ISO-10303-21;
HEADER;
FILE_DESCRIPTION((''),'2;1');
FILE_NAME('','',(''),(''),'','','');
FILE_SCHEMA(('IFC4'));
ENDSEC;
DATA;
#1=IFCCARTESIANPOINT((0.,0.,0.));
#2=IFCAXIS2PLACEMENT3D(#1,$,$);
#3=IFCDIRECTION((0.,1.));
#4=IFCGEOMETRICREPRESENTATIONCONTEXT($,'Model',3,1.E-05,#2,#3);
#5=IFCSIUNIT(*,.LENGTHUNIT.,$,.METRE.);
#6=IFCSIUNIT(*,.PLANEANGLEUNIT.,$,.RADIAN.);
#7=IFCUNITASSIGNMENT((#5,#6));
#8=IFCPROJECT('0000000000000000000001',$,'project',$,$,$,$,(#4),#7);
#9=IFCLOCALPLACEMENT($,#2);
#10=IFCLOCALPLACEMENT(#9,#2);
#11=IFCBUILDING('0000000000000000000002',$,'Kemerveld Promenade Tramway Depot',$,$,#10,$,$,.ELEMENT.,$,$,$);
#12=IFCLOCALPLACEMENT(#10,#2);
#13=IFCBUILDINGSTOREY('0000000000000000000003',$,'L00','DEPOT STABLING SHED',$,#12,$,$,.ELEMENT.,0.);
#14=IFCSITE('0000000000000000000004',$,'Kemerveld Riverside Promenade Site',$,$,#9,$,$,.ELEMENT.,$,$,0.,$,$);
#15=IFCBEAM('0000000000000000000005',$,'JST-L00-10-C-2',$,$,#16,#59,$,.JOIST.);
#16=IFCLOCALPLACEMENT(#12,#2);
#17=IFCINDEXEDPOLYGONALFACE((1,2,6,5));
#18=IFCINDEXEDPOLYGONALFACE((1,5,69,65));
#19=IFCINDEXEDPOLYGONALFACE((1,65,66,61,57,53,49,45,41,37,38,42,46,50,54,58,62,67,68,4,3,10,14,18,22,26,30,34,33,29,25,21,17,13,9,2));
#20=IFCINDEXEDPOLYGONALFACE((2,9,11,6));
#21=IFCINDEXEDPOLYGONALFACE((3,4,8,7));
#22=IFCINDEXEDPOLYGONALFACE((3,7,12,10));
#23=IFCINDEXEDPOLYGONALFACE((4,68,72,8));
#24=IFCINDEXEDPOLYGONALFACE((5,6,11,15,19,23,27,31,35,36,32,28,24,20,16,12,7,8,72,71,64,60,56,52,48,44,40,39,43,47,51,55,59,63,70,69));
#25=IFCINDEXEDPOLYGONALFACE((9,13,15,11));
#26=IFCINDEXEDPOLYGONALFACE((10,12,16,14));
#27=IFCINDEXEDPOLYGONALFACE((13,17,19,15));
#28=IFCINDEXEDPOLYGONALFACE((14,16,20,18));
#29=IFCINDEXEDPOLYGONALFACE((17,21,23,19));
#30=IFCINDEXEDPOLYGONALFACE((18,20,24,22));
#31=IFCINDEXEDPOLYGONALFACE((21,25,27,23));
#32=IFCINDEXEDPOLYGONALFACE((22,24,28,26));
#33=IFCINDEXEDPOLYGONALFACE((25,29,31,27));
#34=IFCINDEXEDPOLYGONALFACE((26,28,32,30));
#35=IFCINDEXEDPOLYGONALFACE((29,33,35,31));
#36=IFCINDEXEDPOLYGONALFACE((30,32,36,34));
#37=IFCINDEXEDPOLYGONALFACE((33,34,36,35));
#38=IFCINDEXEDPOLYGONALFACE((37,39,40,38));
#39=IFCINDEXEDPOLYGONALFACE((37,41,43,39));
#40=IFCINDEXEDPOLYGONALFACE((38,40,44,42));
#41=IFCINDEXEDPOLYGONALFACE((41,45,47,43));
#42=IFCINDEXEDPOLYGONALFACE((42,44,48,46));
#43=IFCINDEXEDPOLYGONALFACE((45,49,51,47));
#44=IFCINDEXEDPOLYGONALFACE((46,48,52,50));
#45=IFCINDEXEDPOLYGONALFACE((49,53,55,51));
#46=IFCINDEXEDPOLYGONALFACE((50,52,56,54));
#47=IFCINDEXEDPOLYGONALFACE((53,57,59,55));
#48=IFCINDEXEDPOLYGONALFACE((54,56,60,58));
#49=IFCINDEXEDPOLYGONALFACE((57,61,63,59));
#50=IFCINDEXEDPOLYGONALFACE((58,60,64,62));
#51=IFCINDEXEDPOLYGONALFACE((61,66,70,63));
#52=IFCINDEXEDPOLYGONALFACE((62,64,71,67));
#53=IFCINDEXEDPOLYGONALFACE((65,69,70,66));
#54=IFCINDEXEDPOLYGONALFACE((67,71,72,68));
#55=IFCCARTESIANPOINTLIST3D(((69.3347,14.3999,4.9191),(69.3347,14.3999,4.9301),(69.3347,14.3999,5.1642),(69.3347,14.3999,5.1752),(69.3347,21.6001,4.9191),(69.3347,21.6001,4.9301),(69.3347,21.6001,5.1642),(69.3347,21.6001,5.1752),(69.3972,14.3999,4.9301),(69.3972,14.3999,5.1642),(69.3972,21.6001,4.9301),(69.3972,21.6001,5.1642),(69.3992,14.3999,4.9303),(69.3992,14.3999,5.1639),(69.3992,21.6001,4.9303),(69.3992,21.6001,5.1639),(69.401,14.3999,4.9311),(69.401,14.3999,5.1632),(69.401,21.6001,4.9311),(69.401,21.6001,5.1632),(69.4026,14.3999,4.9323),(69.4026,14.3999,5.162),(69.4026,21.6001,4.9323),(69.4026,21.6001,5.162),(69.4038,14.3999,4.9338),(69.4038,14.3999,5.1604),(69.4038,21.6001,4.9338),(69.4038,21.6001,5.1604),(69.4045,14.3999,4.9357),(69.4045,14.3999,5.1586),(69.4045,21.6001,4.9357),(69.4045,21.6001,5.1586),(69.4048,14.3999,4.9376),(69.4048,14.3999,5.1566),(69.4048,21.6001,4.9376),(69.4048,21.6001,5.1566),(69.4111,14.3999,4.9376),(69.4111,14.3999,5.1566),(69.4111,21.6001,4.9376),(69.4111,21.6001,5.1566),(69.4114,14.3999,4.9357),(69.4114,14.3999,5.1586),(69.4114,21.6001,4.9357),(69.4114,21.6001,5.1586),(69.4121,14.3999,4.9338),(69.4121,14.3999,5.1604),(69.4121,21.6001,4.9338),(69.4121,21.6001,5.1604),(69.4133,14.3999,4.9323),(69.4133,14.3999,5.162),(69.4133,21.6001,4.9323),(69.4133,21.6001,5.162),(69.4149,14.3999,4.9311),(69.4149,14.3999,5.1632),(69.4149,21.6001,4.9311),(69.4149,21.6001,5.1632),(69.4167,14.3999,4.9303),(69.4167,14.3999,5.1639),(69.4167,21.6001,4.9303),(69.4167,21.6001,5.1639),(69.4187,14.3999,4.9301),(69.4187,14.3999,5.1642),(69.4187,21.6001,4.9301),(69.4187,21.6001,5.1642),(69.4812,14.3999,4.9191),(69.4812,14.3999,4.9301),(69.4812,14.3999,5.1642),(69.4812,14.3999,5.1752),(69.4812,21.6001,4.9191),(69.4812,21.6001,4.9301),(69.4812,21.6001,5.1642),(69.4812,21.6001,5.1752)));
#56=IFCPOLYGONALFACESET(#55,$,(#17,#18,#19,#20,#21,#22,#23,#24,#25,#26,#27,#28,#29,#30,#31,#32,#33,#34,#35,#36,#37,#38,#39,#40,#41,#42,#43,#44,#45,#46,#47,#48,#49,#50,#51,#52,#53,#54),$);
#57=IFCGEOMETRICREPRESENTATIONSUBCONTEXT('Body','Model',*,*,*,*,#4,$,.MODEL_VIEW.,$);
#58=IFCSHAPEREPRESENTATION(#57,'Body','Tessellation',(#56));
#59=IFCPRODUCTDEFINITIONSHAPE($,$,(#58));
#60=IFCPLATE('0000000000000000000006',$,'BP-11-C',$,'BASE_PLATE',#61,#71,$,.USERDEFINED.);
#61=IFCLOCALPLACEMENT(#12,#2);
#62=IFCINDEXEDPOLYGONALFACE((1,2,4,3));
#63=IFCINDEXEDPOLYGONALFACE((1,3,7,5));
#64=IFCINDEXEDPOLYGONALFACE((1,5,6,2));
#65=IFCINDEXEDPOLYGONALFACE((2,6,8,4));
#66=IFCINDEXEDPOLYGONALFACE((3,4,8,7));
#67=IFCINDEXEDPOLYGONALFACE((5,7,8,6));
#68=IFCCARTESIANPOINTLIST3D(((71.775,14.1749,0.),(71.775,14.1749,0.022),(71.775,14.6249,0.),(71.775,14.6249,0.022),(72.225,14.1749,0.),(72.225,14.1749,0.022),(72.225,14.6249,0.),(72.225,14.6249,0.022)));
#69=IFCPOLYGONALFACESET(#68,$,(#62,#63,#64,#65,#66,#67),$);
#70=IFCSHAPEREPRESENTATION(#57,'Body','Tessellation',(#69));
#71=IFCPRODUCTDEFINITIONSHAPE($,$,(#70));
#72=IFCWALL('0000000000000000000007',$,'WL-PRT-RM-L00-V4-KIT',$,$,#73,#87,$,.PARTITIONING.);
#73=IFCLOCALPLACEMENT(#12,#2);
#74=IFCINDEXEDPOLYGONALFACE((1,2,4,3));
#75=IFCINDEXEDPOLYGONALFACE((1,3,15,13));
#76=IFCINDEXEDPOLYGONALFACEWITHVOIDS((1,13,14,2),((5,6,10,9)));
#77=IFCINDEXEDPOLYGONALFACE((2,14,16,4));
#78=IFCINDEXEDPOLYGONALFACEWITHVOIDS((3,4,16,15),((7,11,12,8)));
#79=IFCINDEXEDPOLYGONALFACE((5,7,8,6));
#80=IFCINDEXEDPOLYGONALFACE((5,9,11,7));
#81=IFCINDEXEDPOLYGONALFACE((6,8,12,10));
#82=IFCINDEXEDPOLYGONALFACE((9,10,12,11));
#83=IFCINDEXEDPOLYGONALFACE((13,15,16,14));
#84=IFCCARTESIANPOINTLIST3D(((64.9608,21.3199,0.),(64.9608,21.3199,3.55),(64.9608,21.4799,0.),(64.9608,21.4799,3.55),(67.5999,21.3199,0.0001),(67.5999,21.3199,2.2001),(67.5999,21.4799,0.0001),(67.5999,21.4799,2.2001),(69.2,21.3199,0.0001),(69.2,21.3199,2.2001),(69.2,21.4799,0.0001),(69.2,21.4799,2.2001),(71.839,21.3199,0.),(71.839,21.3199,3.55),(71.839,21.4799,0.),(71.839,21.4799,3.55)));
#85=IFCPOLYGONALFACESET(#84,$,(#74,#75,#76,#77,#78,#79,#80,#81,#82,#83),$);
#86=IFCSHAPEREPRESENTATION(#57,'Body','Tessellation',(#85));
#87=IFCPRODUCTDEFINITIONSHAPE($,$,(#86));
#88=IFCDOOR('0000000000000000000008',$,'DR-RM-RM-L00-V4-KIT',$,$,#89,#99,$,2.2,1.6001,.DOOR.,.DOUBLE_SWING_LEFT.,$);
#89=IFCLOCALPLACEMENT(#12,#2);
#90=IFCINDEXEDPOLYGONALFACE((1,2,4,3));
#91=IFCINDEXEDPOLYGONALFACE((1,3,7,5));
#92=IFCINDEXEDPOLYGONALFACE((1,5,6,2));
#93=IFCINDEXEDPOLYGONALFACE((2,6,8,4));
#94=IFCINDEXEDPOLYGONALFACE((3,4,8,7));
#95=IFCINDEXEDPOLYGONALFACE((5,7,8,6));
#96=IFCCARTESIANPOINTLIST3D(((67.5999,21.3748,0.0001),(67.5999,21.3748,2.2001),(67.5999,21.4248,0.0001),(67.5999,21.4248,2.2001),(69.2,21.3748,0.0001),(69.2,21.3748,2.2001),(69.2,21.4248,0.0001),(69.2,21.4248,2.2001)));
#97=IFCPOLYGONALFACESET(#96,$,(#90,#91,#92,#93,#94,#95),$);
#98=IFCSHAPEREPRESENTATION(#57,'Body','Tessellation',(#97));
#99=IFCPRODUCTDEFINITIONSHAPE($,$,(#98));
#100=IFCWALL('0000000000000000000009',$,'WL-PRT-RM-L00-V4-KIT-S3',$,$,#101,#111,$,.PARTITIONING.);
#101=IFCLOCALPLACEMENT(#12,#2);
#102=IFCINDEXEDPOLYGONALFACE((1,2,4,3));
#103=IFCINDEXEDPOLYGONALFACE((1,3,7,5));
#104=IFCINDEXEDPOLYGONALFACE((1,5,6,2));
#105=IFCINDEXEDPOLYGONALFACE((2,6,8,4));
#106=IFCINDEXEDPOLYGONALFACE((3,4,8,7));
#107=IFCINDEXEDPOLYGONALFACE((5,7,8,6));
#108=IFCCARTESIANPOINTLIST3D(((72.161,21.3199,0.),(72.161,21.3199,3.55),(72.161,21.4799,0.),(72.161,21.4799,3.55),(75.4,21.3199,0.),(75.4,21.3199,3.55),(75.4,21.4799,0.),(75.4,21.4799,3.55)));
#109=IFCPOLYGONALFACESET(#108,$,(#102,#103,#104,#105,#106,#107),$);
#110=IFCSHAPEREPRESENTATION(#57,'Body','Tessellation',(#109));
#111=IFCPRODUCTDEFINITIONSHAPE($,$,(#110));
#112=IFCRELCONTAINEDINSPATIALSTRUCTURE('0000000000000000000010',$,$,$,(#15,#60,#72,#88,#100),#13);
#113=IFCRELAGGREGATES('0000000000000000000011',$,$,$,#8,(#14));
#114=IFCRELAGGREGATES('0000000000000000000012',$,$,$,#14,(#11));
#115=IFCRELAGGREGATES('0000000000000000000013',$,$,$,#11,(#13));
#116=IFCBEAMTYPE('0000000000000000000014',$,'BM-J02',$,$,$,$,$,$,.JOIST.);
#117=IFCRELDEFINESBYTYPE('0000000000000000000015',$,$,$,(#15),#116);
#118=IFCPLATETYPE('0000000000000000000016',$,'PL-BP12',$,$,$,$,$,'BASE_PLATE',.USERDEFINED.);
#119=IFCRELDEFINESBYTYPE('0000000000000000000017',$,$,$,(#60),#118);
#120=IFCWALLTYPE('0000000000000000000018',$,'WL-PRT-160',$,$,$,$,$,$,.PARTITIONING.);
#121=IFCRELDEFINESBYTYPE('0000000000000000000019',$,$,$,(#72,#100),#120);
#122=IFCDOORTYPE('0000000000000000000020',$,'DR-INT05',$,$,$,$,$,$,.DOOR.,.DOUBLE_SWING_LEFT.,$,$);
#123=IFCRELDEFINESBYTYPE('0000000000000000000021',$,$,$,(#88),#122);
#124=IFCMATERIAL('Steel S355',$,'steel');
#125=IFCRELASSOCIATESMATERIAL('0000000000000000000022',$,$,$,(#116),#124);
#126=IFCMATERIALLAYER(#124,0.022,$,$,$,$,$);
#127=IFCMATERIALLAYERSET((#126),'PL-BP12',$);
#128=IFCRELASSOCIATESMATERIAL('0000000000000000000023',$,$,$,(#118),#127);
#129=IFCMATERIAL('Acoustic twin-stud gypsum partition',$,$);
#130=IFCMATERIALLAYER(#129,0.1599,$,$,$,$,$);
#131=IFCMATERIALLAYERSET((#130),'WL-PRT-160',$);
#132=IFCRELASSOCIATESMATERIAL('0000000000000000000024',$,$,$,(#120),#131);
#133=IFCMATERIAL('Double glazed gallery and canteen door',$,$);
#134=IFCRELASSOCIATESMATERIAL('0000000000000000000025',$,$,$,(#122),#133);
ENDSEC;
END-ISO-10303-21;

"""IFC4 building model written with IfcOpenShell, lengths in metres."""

from ifc_helpers import new_model, si_unit, direction, frame, frame_2d, origin, origin_2d, place, context, subcontext, project, spatial, rectangle, i_section, extrude, material, layer, layer_set, material_profile, profile_set, type_object, element, fill, save


model = new_model("IFC4")

# Units and contexts
model_context = context("Model", 3, precision=1e-05, world=origin(), true_north=direction((0.0, 1.0)))
body_context = subcontext(model_context, "Body", "Model", "MODEL_VIEW")
ifc_project = project(units=[si_unit("LENGTHUNIT", "METRE"), si_unit("PLANEANGLEUNIT", "RADIAN")], contexts=[model_context])

# Site, building, storey
site_placement = place(None, origin())
site = spatial("IfcSite", under=ifc_project, at=site_placement, Name="Kemerveld Riverside Promenade Site", CompositionType="ELEMENT", RefElevation=0.0)
building_placement = place(site_placement, origin())
building = spatial("IfcBuilding", under=site, at=building_placement, Name="Kemerveld Promenade Tramway Depot", CompositionType="ELEMENT")
storey_placement = place(building_placement, origin())
storey = spatial("IfcBuildingStorey", under=building, at=storey_placement, Name="L00", Description="DEPOT STABLING SHED", CompositionType="ELEMENT", Elevation=0.0)

# Shared definitions
ifc_material_1 = material(Name="Steel S355", Category="steel")

# Beam
ifc_material_profile_1 = material_profile(ifc_material_1, i_section(OverallWidth=0.1465, OverallDepth=0.2561, WebThickness=0.0063, FlangeThickness=0.011, FilletRadius=0.0076, at=origin_2d()), Name="254x146x37 UB")
ifc_profile_set_1 = profile_set([ifc_material_profile_1], Name="Steel S355")
beam_type_1 = type_object("IfcBeamType", Name="BM-J02", PredefinedType="JOIST", material=ifc_profile_set_1)
for number, where, z_axis, x_axis, name in (
    (1, (69.408, 14.3999, 5.0471), (0.0, 1.0, 0.0), (-1.0, 0.0, 0.0), "JST-L00-10-C-2"),
):
    element("IfcBeam", number, at=place(storey_placement, frame(where, z_axis=z_axis, x_axis=x_axis)), inside=storey, type_object=beam_type_1, Name=name, PredefinedType="JOIST", context=body_context, shape_type="SweptSolid", body=[
        extrude(i_section(OverallWidth=0.1465, OverallDepth=0.2561, WebThickness=0.0063, FlangeThickness=0.011, FilletRadius=0.0076, at=origin_2d()), origin(), (0.0, 0.0, 1.0), 7.2002),
    ])

# Plate
ifc_layer_1 = layer(ifc_material_1, 0.022)
ifc_layer_set_1 = layer_set([ifc_layer_1], Name="PL-BP12")
plate_type = type_object("IfcPlateType", Name="PL-BP12", ElementType="BASE_PLATE", PredefinedType="USERDEFINED", material=ifc_layer_set_1)
plate_placement = place(storey_placement, frame((72.0, 14.3999, 0.0), z_axis=(0.0, 0.0, 1.0), x_axis=(1.0, 0.0, 0.0)))
element("IfcPlate", 2, at=plate_placement, inside=storey, type_object=plate_type, Name="BP-11-C", ObjectType="BASE_PLATE", PredefinedType="USERDEFINED", context=body_context, shape_type="SweptSolid", body=[
    extrude(rectangle(XDim=0.45, YDim=0.45, at=origin_2d()), origin(), (0.0, 0.0, 1.0), 0.022),
])

# Wall, opening, door
ifc_material_2 = material(Name="Acoustic twin-stud gypsum partition")
ifc_layer_2 = layer(ifc_material_2, 0.1599)
ifc_layer_set_2 = layer_set([ifc_layer_2], Name="WL-PRT-160")
wall_type = type_object("IfcWallType", Name="WL-PRT-160", PredefinedType="PARTITIONING", material=ifc_layer_set_2)
wall_1_placement = place(storey_placement, frame((64.9609, 21.3999, 0.0), z_axis=(0.0, 0.0, 1.0), x_axis=(1.0, 0.0, 0.0)))
wall_1 = element("IfcWall", 3, at=wall_1_placement, inside=storey, type_object=wall_type, Name="WL-PRT-RM-L00-V4-KIT", PredefinedType="PARTITIONING", context=body_context, shape_type="SweptSolid", body=[
    extrude(rectangle(XDim=6.8782, YDim=0.1599, at=frame_2d((3.439, 0.0))), origin(), (0.0, 0.0, 1.0), 3.55),
])
opening_placement = place(wall_1_placement, frame((2.6389, 0.0, 0.0)))
opening = element("IfcOpeningElement", 4, at=opening_placement, cuts=wall_1, PredefinedType="OPENING", context=body_context, shape_type="SweptSolid", body=[
    extrude(rectangle(XDim=1.6001, YDim=2.2, at=frame_2d((0.8, 1.1001))), frame((0.0, 0.0898, 0.0), z_axis=(0.0, -1.0, 0.0), x_axis=(1.0, 0.0, 0.0)), (0.0, 0.0, 1.0), 0.1799),
])
ifc_material_3 = material(Name="Double glazed gallery and canteen door")
door_type = type_object("IfcDoorType", Name="DR-INT05", OperationType="DOUBLE_SWING_LEFT", PredefinedType="DOOR", material=ifc_material_3)
door_placement = place(opening_placement, origin())
door = element("IfcDoor", 5, at=door_placement, inside=storey, type_object=door_type, Name="DR-RM-RM-L00-V4-KIT", OperationType="DOUBLE_SWING_LEFT", OverallHeight=2.2, OverallWidth=1.6001, PredefinedType="DOOR", context=body_context, shape_type="SweptSolid", body=[
    extrude(rectangle(XDim=1.6001, YDim=2.2, at=frame_2d((0.8, 1.1001))), frame((0.0, 0.0249, 0.0), z_axis=(0.0, -1.0, 0.0), x_axis=(1.0, 0.0, 0.0)), (0.0, 0.0, 1.0), 0.05),
])
fill(opening, door)

# Wall
wall_2_placement = place(storey_placement, frame((72.1609, 21.3999, 0.0), z_axis=(0.0, 0.0, 1.0), x_axis=(1.0, 0.0, 0.0)))
element("IfcWall", 6, at=wall_2_placement, inside=storey, type_object=wall_type, Name="WL-PRT-RM-L00-V4-KIT-S3", PredefinedType="PARTITIONING", context=body_context, shape_type="SweptSolid", body=[
    extrude(rectangle(XDim=3.239, YDim=0.1599, at=frame_2d((1.6196, 0.0))), origin(), (0.0, 0.0, 1.0), 3.55),
])

save(model, "model.ifc")
